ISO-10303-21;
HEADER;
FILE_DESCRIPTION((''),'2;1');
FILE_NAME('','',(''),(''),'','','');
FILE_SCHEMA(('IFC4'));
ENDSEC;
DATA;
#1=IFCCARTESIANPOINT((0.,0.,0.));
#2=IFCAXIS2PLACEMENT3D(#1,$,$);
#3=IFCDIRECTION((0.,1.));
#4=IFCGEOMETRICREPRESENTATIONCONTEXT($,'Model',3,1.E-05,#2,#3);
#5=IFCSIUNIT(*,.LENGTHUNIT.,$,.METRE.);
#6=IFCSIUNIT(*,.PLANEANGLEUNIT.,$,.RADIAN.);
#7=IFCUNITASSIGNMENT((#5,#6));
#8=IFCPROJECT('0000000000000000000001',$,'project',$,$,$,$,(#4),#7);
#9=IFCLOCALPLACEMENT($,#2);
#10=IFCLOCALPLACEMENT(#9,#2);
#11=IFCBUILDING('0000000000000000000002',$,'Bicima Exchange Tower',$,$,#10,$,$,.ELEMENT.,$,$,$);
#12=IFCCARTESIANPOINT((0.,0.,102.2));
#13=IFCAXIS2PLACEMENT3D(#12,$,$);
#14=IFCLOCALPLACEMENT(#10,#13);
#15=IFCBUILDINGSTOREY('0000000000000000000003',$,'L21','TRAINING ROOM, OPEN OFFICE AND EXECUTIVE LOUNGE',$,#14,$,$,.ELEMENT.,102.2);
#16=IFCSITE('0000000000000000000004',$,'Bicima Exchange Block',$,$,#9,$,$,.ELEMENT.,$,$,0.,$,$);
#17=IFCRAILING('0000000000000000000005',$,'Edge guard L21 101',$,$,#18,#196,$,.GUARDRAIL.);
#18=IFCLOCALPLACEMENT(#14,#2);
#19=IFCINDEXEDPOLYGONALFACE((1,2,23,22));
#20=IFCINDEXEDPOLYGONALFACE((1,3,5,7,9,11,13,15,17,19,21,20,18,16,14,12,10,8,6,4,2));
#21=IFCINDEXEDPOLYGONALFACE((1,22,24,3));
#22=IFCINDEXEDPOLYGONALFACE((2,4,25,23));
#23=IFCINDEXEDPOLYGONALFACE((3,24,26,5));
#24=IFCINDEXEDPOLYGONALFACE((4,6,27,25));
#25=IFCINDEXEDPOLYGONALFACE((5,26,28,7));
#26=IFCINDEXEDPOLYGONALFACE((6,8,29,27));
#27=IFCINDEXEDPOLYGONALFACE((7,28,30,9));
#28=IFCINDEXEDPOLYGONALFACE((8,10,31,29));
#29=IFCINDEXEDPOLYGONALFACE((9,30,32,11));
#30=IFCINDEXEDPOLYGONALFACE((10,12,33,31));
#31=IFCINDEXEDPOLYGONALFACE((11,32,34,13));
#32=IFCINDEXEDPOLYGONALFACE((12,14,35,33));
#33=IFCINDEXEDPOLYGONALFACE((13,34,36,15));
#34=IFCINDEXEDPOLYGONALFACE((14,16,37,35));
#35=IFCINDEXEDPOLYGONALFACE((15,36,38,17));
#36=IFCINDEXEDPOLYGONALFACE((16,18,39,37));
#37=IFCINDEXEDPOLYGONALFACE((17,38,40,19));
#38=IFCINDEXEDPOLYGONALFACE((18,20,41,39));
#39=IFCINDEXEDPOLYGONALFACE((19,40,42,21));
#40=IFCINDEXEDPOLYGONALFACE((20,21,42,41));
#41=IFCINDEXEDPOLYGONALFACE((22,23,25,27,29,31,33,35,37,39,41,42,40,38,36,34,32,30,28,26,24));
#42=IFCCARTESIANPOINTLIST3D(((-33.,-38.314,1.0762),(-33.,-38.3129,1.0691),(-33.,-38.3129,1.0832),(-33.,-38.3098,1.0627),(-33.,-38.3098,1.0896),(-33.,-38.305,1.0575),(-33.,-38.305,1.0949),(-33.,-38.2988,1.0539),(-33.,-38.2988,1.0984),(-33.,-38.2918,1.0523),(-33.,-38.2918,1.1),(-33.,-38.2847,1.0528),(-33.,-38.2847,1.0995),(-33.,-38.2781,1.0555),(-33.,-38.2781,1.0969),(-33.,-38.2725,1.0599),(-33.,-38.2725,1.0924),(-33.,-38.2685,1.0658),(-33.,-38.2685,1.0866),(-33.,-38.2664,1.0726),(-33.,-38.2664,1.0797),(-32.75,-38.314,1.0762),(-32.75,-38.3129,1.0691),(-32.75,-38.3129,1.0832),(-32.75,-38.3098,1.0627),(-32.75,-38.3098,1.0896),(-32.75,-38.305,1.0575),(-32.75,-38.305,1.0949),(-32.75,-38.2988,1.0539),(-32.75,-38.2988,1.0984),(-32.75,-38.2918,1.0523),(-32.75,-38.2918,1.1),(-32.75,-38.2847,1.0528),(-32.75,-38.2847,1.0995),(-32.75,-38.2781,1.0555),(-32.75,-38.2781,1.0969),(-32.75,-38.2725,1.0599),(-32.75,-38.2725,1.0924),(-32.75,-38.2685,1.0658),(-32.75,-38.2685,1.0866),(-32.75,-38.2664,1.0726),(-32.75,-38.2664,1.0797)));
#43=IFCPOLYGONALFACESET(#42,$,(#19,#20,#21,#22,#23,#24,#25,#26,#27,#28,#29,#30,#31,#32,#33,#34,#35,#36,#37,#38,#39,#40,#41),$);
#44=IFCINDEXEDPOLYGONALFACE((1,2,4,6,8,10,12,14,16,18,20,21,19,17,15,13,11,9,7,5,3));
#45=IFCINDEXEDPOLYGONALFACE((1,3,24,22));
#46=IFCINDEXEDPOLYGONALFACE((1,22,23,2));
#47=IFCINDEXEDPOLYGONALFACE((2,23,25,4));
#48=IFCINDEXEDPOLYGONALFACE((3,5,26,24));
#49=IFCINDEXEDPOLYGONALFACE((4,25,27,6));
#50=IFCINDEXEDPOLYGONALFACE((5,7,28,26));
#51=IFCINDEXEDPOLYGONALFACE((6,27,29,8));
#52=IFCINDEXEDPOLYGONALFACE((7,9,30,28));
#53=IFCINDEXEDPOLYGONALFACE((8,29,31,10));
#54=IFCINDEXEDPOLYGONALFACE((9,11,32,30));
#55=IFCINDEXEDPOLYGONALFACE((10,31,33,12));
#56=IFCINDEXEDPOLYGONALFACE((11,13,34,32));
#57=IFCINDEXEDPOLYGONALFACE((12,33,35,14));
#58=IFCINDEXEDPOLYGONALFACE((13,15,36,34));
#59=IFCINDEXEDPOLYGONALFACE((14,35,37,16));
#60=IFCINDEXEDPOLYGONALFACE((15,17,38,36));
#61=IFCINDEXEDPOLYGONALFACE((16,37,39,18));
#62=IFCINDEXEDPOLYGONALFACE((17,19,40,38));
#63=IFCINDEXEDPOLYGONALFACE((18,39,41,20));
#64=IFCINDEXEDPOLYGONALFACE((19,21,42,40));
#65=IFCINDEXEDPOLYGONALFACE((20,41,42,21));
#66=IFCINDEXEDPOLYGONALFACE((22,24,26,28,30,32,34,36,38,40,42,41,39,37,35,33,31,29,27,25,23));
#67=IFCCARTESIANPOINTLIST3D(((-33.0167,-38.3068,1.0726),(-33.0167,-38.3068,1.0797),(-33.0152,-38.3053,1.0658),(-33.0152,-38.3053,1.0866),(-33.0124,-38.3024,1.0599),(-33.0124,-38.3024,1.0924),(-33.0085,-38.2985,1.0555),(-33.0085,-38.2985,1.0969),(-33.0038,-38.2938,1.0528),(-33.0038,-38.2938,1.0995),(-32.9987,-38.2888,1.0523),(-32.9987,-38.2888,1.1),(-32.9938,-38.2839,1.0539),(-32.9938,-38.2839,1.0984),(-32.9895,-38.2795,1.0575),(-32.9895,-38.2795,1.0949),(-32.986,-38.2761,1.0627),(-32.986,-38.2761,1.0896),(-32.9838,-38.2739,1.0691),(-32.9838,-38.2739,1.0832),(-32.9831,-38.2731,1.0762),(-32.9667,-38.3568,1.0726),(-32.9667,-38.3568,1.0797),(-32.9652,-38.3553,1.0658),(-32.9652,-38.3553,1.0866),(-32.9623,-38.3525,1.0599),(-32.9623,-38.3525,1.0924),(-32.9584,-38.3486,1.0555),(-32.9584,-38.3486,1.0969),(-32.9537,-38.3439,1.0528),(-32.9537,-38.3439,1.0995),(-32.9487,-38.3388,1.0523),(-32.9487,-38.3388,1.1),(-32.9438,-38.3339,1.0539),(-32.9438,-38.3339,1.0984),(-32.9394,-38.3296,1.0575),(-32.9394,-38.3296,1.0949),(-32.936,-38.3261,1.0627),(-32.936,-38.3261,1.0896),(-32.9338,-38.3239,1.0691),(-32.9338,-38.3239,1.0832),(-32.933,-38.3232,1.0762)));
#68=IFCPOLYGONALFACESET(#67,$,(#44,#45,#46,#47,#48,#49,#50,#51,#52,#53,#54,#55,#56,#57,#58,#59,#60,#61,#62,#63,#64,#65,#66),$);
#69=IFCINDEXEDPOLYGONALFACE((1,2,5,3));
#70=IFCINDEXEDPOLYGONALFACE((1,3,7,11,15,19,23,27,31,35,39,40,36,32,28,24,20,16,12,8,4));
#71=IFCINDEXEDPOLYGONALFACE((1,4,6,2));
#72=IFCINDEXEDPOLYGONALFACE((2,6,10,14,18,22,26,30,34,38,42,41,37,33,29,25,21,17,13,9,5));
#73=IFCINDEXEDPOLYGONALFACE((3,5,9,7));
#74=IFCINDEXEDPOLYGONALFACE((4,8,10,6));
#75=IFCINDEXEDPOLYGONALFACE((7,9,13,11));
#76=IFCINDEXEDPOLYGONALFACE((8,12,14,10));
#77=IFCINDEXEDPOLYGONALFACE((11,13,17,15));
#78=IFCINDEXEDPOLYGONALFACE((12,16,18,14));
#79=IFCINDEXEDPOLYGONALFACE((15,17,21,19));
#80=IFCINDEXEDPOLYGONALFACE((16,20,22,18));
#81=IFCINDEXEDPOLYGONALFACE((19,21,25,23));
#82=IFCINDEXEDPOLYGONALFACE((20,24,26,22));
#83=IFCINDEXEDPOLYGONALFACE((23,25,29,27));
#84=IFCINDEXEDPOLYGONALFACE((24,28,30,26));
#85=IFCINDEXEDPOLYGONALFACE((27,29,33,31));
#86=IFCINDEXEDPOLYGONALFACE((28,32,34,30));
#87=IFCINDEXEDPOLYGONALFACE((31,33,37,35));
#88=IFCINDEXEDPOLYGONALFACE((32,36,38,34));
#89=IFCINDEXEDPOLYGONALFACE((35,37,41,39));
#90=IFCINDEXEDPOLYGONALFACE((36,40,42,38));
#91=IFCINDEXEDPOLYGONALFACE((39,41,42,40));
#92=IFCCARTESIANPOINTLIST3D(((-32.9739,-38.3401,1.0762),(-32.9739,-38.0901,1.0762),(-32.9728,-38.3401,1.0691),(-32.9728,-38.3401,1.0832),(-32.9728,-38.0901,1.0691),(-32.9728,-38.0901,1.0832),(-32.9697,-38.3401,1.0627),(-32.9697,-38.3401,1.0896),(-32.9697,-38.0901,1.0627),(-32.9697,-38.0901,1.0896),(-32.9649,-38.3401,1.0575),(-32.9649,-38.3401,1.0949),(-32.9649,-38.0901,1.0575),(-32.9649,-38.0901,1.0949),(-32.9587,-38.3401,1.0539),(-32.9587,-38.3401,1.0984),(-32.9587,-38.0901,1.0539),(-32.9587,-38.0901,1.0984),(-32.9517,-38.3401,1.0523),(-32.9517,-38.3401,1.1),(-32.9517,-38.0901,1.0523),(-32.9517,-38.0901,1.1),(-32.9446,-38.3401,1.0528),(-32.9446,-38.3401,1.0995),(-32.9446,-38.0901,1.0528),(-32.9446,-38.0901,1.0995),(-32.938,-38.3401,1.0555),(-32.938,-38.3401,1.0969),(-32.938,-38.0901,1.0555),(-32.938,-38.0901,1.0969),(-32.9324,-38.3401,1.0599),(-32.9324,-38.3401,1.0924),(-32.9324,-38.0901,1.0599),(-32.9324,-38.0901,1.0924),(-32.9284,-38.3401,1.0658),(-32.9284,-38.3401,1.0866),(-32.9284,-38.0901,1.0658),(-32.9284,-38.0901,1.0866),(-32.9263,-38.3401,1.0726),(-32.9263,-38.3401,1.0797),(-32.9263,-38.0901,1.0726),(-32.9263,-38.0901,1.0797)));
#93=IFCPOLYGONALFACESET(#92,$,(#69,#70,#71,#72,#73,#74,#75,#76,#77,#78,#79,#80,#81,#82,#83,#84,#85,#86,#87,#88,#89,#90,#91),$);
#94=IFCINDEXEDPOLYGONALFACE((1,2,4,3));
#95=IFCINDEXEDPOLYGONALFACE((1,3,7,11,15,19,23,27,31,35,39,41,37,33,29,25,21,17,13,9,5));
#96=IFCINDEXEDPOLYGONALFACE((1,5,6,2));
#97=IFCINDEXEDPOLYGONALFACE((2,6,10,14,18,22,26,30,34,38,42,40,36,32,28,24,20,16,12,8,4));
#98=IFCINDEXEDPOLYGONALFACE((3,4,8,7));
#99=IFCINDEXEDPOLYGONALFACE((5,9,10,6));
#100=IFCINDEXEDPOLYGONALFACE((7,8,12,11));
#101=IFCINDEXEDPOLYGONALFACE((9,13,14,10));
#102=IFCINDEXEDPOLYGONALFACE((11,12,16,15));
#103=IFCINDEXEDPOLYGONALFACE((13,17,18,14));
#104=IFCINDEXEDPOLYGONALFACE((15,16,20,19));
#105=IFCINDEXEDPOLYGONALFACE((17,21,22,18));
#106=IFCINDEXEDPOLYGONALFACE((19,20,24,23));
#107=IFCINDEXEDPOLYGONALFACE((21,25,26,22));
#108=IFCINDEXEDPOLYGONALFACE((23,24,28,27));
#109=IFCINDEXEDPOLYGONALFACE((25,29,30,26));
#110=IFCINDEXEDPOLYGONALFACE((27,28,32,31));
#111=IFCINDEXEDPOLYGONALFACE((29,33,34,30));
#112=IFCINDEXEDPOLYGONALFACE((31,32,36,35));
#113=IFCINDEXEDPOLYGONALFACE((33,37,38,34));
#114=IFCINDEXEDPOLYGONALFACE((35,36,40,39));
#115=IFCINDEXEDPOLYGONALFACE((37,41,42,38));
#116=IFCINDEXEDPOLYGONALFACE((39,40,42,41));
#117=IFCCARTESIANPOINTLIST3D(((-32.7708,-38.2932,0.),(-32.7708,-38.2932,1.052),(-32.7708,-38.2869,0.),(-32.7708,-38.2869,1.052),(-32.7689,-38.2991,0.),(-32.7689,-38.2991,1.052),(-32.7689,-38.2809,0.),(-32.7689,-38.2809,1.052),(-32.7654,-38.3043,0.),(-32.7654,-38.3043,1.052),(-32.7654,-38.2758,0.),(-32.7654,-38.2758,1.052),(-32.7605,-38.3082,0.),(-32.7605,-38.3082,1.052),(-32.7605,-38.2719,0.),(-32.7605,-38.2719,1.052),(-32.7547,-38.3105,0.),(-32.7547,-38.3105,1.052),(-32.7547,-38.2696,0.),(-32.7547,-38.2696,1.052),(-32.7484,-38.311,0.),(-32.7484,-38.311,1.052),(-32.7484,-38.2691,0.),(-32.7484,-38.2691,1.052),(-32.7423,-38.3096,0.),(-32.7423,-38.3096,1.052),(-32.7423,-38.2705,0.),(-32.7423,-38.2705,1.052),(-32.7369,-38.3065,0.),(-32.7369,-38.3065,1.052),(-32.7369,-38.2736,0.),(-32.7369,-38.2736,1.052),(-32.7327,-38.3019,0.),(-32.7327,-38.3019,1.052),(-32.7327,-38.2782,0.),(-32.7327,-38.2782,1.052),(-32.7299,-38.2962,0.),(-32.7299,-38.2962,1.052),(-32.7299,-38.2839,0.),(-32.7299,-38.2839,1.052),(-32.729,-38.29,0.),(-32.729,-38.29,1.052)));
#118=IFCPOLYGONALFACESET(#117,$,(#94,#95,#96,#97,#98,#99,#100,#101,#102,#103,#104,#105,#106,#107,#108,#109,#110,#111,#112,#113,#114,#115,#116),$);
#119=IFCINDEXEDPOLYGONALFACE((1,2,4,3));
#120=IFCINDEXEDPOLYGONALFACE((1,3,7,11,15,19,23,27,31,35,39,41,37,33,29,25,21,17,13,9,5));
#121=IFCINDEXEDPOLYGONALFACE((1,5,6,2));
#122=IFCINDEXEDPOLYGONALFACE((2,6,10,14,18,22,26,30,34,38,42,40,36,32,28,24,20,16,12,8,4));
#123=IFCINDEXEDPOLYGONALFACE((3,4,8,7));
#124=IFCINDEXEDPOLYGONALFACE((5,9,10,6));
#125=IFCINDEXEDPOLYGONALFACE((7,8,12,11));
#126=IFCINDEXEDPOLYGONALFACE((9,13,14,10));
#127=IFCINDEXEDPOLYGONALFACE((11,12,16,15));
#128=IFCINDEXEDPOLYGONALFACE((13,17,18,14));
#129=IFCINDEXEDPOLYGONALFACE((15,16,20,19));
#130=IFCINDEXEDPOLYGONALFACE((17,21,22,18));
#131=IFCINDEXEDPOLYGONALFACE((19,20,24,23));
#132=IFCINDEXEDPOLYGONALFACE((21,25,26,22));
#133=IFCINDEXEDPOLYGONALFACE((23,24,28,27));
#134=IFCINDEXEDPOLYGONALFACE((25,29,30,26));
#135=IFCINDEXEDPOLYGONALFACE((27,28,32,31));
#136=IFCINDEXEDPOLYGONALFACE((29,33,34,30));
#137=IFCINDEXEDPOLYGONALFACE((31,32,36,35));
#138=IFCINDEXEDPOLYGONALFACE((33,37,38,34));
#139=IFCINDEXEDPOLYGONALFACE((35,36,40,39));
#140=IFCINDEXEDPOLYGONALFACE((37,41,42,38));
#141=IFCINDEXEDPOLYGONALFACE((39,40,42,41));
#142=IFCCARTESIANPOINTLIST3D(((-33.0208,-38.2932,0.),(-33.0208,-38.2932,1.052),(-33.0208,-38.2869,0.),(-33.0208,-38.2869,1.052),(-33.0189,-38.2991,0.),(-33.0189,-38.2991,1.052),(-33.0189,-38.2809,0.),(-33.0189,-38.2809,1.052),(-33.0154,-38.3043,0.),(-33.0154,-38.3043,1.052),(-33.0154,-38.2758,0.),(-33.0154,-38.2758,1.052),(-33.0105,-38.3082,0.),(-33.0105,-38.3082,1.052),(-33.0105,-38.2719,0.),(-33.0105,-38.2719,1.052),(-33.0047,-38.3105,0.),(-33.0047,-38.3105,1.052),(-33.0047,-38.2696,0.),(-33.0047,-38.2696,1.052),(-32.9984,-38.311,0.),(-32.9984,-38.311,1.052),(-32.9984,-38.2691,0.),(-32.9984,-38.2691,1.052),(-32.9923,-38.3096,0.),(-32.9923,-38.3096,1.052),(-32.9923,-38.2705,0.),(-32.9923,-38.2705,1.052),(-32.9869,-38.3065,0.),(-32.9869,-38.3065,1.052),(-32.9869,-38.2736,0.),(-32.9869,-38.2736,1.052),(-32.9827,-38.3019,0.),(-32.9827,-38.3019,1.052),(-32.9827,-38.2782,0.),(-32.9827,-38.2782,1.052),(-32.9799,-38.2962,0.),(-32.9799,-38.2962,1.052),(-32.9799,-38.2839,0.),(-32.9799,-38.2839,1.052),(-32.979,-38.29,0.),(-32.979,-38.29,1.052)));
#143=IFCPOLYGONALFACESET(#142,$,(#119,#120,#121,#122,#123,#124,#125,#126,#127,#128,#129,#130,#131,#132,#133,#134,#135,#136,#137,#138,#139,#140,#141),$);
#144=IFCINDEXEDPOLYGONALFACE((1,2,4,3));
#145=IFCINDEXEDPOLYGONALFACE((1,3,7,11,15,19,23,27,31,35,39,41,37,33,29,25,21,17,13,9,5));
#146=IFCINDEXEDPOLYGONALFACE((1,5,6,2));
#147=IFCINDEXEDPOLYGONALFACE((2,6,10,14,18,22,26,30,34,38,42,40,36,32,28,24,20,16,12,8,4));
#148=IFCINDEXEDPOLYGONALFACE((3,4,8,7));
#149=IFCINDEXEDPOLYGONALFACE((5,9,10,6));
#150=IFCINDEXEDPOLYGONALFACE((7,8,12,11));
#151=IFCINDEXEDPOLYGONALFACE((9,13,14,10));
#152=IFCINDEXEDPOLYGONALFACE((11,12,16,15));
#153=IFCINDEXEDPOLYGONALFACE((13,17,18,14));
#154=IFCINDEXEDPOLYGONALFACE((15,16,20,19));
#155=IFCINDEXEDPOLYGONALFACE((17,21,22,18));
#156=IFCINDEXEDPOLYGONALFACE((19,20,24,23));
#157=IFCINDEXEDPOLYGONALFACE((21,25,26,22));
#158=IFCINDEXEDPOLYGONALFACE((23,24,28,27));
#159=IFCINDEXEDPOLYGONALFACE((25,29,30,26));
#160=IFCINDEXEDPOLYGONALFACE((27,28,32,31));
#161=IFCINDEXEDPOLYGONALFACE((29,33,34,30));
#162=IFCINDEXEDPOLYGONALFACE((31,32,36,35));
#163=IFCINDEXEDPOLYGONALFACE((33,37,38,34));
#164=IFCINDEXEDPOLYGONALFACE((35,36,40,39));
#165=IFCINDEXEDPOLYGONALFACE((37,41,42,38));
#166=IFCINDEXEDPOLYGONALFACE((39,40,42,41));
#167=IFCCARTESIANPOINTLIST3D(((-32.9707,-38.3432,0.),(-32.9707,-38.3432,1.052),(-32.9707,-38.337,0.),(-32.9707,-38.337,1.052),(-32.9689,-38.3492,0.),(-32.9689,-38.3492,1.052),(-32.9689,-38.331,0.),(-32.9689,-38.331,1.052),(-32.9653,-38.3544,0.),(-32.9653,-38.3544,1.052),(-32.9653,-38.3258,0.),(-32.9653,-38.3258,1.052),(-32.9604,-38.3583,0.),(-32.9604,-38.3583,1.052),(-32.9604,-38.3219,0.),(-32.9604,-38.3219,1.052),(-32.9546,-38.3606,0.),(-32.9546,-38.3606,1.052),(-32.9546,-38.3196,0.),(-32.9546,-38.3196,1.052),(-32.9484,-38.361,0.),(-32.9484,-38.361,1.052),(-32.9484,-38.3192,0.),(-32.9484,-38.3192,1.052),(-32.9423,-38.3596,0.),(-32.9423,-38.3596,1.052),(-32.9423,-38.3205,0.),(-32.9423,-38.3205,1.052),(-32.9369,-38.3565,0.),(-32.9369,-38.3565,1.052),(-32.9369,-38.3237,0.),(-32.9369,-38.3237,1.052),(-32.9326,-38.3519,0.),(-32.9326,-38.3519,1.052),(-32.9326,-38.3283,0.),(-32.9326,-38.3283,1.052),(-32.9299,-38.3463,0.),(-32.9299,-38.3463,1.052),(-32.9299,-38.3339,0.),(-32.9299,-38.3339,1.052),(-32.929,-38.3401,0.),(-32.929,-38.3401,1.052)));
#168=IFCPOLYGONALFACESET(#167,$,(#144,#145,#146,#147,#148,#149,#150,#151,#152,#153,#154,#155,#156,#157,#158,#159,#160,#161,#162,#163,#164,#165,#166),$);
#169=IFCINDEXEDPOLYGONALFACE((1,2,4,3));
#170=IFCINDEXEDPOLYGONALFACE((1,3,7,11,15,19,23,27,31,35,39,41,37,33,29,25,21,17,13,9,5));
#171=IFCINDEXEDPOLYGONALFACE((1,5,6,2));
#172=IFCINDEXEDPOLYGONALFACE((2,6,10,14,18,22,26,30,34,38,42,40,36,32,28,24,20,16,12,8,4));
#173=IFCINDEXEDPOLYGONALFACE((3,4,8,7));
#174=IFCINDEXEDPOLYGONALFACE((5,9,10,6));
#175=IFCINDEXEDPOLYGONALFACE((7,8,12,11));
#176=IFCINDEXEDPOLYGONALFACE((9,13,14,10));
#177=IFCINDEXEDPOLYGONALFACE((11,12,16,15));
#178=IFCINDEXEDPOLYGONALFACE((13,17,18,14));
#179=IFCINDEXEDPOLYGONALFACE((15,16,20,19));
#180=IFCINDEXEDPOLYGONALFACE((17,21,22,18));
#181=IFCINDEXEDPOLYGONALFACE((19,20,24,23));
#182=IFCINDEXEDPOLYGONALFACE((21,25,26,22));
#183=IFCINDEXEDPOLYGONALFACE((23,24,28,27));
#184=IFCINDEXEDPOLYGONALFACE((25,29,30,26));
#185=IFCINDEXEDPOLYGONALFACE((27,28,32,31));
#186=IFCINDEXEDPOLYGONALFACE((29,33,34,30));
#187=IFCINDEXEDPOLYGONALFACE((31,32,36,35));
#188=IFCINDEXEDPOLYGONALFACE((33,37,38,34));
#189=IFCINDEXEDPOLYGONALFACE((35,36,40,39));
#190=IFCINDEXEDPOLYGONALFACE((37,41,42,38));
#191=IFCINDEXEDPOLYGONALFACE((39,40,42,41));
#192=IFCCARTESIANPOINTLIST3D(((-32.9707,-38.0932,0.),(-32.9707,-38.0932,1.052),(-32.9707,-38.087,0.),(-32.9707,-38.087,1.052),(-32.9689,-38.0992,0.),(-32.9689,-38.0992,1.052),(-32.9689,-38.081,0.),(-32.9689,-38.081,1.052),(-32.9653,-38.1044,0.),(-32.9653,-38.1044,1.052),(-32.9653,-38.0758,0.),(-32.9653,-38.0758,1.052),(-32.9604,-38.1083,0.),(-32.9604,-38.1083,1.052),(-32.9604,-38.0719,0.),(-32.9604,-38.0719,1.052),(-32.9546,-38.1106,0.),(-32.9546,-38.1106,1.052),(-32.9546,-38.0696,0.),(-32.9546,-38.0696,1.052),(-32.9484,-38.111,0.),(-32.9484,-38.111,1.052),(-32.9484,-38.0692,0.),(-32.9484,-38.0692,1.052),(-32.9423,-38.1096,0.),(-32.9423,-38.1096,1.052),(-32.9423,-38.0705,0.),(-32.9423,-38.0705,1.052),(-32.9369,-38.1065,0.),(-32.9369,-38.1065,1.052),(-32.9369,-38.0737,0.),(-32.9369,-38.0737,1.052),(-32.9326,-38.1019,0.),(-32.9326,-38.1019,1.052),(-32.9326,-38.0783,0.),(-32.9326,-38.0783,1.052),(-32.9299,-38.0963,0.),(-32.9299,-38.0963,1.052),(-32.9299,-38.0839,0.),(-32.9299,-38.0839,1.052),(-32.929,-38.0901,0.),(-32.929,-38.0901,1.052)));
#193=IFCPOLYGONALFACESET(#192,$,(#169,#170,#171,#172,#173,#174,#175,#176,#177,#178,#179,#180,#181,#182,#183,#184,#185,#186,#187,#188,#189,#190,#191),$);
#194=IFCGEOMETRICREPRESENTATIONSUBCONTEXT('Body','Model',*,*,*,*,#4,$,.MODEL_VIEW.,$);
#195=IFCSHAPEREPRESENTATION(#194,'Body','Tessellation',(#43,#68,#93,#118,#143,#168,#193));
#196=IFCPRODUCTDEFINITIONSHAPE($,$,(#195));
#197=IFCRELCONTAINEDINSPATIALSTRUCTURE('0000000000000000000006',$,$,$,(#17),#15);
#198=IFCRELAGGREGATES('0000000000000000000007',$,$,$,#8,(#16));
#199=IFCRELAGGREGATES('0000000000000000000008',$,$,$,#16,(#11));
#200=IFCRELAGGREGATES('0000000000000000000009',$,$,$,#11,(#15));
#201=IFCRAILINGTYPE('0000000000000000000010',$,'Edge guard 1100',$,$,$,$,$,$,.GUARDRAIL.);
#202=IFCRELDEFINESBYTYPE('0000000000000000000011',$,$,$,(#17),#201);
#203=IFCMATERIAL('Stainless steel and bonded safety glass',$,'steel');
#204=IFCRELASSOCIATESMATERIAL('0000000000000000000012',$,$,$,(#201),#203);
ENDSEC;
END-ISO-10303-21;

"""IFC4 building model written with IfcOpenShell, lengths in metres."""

from ifc_helpers import new_model, si_unit, direction, frame, origin, origin_2d, place, context, subcontext, project, spatial, circle, extrude, material, type_object, element, save


model = new_model("IFC4")

# Units and contexts
model_context = context("Model", 3, precision=1e-05, world=origin(), true_north=direction((0.0, 1.0)))
body_context = subcontext(model_context, "Body", "Model", "MODEL_VIEW")
ifc_project = project(units=[si_unit("LENGTHUNIT", "METRE"), si_unit("PLANEANGLEUNIT", "RADIAN")], contexts=[model_context])

# Site, building, storey
site_placement = place(None, origin())
site = spatial("IfcSite", under=ifc_project, at=site_placement, Name="Bicima Exchange Block", CompositionType="ELEMENT", RefElevation=0.0)
building_placement = place(site_placement, origin())
building = spatial("IfcBuilding", under=site, at=building_placement, Name="Bicima Exchange Tower", CompositionType="ELEMENT")
storey_placement = place(building_placement, frame((0.0, 0.0, 102.2)))
storey = spatial("IfcBuildingStorey", under=building, at=storey_placement, Name="L21", Description="TRAINING ROOM, OPEN OFFICE AND EXECUTIVE LOUNGE", CompositionType="ELEMENT", Elevation=102.2)

# Railing
ifc_material_1 = material(Name="Stainless steel and bonded safety glass", Category="steel")
railing_type = type_object("IfcRailingType", Name="Edge guard 1100", PredefinedType="GUARDRAIL", material=ifc_material_1)
railing_1_placement = place(storey_placement, frame((-32.75, -38.29, 0.0)))
element("IfcRailing", 1, at=railing_1_placement, inside=storey, type_object=railing_type, Name="Edge guard L21 101", PredefinedType="GUARDRAIL", context=body_context, shape_type="SweptSolid", body=[
    extrude(circle(Radius=0.0239, at=origin_2d()), frame((0.0, 0.0, 1.0762), z_axis=(-1.0, 0.0, 0.0), x_axis=(0.0, -1.0, 0.0)), (0.0, 0.0, 1.0), 0.25),
    extrude(circle(Radius=0.0239, at=origin_2d()), frame((-0.25, 0.0, 1.0762), z_axis=(0.707107, -0.707107, 0.0), x_axis=(0.707107, 0.707107, 0.0)), (0.0, 0.0, 1.0), 0.0708),
    extrude(circle(Radius=0.0239, at=origin_2d()), frame((-0.2, -0.05, 1.0762), z_axis=(0.0, 1.0, 0.0), x_axis=(-1.0, 0.0, 0.0)), (0.0, 0.0, 1.0), 0.25),
    extrude(circle(Radius=0.021, at=origin_2d()), origin(), (0.0, 0.0, 1.0), 1.052),
    extrude(circle(Radius=0.021, at=origin_2d()), frame((-0.25, 0.0, 0.0)), (0.0, 0.0, 1.0), 1.052),
    extrude(circle(Radius=0.021, at=origin_2d()), frame((-0.2, -0.05, 0.0)), (0.0, 0.0, 1.0), 1.052),
    extrude(circle(Radius=0.021, at=origin_2d()), frame((-0.2, 0.2, 0.0)), (0.0, 0.0, 1.0), 1.052),
])

save(model, "model.ifc")
